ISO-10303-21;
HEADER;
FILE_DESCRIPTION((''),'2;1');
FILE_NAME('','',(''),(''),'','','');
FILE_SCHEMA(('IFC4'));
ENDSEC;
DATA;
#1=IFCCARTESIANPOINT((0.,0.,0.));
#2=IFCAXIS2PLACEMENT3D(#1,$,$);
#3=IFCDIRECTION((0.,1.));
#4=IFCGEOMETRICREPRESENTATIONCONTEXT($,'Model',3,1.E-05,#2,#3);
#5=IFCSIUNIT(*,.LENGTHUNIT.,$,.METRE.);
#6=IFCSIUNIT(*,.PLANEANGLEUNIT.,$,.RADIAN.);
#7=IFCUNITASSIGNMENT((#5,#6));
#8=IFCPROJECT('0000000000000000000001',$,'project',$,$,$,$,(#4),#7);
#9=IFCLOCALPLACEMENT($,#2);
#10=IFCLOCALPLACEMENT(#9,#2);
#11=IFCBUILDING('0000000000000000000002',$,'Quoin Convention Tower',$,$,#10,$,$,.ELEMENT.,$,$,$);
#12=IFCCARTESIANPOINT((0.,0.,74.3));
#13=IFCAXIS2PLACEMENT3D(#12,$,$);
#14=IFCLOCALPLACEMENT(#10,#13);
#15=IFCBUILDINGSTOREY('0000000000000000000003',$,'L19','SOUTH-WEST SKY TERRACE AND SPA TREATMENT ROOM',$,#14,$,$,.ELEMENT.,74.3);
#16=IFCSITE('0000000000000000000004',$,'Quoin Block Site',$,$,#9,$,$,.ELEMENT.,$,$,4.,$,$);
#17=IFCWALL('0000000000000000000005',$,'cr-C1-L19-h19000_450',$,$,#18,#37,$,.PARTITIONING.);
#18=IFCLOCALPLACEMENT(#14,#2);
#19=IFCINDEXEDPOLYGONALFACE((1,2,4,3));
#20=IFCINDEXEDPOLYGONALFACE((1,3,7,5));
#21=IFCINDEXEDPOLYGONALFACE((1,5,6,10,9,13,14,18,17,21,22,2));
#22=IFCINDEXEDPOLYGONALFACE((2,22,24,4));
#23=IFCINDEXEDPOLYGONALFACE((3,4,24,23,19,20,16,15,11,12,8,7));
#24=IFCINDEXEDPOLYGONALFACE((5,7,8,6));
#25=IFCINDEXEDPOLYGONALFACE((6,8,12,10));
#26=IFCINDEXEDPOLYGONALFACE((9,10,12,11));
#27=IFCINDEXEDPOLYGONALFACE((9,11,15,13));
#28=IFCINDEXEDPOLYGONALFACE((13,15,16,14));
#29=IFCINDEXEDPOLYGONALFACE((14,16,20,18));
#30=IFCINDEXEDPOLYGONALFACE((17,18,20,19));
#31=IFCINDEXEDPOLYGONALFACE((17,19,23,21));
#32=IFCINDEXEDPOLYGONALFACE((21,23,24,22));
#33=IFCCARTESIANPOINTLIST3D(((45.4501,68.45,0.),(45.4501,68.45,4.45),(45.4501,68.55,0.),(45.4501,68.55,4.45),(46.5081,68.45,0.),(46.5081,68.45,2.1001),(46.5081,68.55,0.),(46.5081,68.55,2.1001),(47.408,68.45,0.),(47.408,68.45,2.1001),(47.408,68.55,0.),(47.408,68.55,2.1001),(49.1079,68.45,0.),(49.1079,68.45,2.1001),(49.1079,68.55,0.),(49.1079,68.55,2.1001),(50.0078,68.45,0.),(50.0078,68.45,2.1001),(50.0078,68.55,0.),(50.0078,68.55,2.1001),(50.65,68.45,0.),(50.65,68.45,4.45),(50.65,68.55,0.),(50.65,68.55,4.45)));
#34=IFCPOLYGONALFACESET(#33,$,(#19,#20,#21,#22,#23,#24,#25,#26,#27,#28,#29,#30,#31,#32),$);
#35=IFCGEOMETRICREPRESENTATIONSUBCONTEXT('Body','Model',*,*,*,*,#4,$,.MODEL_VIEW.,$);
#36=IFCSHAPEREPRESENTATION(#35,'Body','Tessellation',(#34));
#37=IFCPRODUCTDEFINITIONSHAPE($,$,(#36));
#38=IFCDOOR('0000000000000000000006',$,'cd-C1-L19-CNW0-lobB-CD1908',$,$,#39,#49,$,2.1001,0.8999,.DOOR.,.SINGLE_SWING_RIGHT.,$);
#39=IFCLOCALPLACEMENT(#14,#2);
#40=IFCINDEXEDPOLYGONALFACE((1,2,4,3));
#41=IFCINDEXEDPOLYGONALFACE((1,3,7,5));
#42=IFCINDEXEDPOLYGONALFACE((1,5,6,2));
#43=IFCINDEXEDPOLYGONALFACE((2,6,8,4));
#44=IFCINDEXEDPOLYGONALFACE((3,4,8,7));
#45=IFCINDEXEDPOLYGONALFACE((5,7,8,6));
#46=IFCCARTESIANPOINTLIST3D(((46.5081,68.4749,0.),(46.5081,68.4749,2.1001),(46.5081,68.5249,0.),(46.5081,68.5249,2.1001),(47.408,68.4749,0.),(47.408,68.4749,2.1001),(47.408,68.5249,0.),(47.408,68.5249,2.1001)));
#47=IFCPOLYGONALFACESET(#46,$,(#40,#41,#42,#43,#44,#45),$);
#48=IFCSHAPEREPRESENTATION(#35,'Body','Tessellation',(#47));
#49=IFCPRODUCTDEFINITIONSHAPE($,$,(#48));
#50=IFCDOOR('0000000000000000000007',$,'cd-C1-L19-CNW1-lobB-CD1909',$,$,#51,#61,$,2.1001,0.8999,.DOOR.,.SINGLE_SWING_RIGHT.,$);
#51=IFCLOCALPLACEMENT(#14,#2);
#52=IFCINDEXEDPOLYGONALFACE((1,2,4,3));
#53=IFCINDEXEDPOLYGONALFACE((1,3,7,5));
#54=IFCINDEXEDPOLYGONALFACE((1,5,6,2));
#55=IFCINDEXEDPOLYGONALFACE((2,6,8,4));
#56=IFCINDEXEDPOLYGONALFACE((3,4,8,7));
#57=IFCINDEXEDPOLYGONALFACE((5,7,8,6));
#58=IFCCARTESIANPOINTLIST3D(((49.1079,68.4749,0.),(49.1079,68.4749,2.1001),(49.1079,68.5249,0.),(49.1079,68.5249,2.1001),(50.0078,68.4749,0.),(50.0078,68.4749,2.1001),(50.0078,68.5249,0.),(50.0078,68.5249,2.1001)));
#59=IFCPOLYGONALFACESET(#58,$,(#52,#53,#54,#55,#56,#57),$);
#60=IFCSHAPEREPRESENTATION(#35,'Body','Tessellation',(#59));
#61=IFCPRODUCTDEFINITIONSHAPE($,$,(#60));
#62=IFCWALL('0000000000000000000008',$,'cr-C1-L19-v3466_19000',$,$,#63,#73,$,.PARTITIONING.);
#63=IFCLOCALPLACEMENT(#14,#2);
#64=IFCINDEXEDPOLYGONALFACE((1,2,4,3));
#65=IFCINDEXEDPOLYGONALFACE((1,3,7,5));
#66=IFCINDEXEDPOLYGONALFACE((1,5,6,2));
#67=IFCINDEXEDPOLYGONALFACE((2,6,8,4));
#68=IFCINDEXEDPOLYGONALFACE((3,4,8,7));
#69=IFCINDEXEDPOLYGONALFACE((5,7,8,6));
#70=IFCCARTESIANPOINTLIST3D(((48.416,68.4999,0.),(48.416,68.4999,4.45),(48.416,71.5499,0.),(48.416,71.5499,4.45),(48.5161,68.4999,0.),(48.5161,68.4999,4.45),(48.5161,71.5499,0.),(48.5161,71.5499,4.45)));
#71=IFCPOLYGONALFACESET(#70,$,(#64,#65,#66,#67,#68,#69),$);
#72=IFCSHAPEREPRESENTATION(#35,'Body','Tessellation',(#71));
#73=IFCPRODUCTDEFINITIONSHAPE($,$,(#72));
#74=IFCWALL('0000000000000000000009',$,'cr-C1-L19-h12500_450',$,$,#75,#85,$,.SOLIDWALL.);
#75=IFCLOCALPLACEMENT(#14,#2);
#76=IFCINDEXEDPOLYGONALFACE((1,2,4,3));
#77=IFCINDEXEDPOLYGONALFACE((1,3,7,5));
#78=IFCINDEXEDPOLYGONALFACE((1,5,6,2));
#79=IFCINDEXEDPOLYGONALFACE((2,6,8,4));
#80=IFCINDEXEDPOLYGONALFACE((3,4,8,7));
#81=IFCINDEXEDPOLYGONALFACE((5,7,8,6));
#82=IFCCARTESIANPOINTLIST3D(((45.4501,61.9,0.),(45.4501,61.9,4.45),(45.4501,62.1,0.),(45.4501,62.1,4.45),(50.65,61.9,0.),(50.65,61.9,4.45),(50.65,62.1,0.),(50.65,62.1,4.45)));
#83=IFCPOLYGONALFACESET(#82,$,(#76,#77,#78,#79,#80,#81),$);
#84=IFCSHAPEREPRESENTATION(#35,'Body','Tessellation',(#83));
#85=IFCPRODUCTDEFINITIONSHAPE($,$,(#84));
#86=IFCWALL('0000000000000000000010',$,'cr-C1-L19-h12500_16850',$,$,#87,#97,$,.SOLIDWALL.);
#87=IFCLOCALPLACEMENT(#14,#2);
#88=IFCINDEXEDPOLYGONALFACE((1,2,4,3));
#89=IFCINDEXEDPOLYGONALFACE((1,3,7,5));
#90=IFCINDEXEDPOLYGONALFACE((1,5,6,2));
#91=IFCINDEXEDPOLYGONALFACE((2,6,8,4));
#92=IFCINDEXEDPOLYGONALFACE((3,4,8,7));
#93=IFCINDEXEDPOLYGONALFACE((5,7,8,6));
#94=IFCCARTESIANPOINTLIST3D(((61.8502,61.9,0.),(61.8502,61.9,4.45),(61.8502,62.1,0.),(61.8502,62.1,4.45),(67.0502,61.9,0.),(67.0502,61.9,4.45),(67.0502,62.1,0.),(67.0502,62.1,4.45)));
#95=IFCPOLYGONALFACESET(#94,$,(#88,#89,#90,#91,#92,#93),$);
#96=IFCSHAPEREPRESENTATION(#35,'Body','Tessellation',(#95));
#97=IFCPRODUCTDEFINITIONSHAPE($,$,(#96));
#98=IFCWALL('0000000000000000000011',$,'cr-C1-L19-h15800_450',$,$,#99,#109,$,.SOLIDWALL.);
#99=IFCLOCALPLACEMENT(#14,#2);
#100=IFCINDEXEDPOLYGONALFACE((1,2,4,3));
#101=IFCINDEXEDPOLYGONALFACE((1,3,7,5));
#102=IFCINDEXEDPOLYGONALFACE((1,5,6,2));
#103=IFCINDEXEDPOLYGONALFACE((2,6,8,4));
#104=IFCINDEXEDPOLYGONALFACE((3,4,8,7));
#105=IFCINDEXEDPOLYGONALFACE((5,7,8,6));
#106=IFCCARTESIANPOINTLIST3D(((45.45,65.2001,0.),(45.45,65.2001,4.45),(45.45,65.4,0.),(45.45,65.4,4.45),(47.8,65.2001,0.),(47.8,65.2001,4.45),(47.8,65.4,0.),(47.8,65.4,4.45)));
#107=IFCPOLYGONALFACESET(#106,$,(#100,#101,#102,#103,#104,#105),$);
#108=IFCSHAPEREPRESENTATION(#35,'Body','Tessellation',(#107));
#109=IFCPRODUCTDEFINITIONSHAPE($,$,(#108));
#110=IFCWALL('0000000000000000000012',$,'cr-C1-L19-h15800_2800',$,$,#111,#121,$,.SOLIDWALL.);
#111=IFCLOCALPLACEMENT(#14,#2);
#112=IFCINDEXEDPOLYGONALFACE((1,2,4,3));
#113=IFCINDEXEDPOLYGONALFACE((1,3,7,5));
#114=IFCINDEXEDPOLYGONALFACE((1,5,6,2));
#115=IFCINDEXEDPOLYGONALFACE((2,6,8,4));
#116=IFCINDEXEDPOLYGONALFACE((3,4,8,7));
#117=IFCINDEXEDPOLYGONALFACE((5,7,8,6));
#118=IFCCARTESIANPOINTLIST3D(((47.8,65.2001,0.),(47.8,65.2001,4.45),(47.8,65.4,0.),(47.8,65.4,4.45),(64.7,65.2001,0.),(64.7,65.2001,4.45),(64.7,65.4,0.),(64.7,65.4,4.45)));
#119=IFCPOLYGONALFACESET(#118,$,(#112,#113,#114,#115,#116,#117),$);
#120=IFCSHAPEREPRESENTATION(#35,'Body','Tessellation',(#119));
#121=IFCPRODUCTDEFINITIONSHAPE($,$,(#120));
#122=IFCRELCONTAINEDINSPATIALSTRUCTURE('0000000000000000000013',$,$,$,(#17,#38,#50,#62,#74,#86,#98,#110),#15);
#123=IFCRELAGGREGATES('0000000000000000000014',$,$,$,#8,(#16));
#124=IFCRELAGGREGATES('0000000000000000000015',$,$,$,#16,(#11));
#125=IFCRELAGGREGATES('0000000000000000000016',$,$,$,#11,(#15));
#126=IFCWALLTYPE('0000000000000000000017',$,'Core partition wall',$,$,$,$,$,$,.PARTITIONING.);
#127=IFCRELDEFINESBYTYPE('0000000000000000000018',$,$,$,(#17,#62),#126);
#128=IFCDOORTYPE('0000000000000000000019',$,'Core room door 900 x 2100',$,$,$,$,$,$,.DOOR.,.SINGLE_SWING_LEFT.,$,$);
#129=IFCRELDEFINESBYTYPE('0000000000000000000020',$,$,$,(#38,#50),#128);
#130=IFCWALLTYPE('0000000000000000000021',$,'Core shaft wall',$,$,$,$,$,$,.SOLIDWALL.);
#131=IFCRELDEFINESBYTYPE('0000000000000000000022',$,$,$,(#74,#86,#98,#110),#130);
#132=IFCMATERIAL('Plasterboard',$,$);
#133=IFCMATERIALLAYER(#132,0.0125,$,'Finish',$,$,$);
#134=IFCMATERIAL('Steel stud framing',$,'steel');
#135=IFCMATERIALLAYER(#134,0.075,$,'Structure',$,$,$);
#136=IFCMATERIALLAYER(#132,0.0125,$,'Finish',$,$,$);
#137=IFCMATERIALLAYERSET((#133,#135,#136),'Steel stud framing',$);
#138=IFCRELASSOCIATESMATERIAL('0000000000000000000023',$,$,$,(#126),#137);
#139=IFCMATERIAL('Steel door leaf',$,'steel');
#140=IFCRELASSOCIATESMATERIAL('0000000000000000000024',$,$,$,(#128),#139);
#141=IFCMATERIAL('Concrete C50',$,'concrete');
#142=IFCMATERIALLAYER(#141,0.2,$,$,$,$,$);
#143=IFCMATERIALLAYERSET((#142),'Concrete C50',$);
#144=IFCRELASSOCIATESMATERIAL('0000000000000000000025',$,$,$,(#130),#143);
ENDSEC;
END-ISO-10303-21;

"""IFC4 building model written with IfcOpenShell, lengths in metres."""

from ifc_helpers import new_model, si_unit, direction, frame, frame_2d, origin, place, context, subcontext, project, spatial, rectangle, extrude, material, layer, layer_set, type_object, element, fill, save


model = new_model("IFC4")

# Units and contexts
model_context = context("Model", 3, precision=1e-05, world=origin(), true_north=direction((0.0, 1.0)))
body_context = subcontext(model_context, "Body", "Model", "MODEL_VIEW")
ifc_project = project(units=[si_unit("LENGTHUNIT", "METRE"), si_unit("PLANEANGLEUNIT", "RADIAN")], contexts=[model_context])

# Site, building, storey
site_placement = place(None, origin())
site = spatial("IfcSite", under=ifc_project, at=site_placement, Name="Quoin Block Site", CompositionType="ELEMENT", RefElevation=4.0)
building_placement = place(site_placement, origin())
building = spatial("IfcBuilding", under=site, at=building_placement, Name="Quoin Convention Tower", CompositionType="ELEMENT")
storey_placement = place(building_placement, frame((0.0, 0.0, 74.3)))
storey = spatial("IfcBuildingStorey", under=building, at=storey_placement, Name="L19", Description="SOUTH-WEST SKY TERRACE AND SPA TREATMENT ROOM", CompositionType="ELEMENT", Elevation=74.3)

# Wall, openings, doors
ifc_material_1 = material(Name="Plasterboard")
ifc_layer_1 = layer(ifc_material_1, 0.0125, Name="Finish")
ifc_material_2 = material(Name="Steel stud framing", Category="steel")
ifc_layer_2 = layer(ifc_material_2, 0.075, Name="Structure")
ifc_layer_3 = layer(ifc_material_1, 0.0125, Name="Finish")
ifc_layer_set_1 = layer_set([ifc_layer_1, ifc_layer_2, ifc_layer_3], Name="Steel stud framing")
wall_type_1 = type_object("IfcWallType", Name="Core partition wall", PredefinedType="PARTITIONING", material=ifc_layer_set_1)
wall_1_placement = place(storey_placement, frame((45.45, 68.5, 0.0), z_axis=(0.0, 0.0, 1.0), x_axis=(1.0, 0.0, 0.0)))
wall_1 = element("IfcWall", 1, at=wall_1_placement, inside=storey, type_object=wall_type_1, Name="cr-C1-L19-h19000_450", PredefinedType="PARTITIONING", context=body_context, shape_type="SweptSolid", body=[
    extrude(rectangle(XDim=5.2, YDim=0.1001, at=frame_2d((2.6001, 0.0))), origin(), (0.0, 0.0, 1.0), 4.45),
])
opening_1_placement = place(wall_1_placement, frame((1.0581, 0.0, 0.0)))
opening_1 = element("IfcOpeningElement", 2, at=opening_1_placement, cuts=wall_1, PredefinedType="OPENING", context=body_context, shape_type="SweptSolid", body=[
    extrude(rectangle(XDim=0.8999, YDim=2.1001, at=frame_2d((0.45, 1.05))), frame((0.0, 0.0601, 0.0), z_axis=(0.0, -1.0, 0.0), x_axis=(1.0, 0.0, 0.0)), (0.0, 0.0, 1.0), 0.1201),
])
opening_2_placement = place(wall_1_placement, frame((3.658, 0.0, 0.0)))
opening_2 = element("IfcOpeningElement", 3, at=opening_2_placement, cuts=wall_1, PredefinedType="OPENING", context=body_context, shape_type="SweptSolid", body=[
    extrude(rectangle(XDim=0.8999, YDim=2.1001, at=frame_2d((0.45, 1.05))), frame((0.0, 0.0601, 0.0), z_axis=(0.0, -1.0, 0.0), x_axis=(1.0, 0.0, 0.0)), (0.0, 0.0, 1.0), 0.1201),
])
ifc_material_3 = material(Name="Steel door leaf", Category="steel")
door_type_1 = type_object("IfcDoorType", Name="Core room door 900 x 2100", OperationType="SINGLE_SWING_LEFT", PredefinedType="DOOR", material=ifc_material_3)
door_1_placement = place(opening_1_placement, origin())
door_1 = element("IfcDoor", 4, at=door_1_placement, inside=storey, type_object=door_type_1, Name="cd-C1-L19-CNW0-lobB-CD1908", OperationType="SINGLE_SWING_RIGHT", OverallHeight=2.1001, OverallWidth=0.8999, PredefinedType="DOOR", context=body_context, shape_type="SweptSolid", body=[
    extrude(rectangle(XDim=0.8999, YDim=2.1001, at=frame_2d((0.45, 1.05))), frame((0.0, 0.0249, 0.0), z_axis=(0.0, -1.0, 0.0), x_axis=(1.0, 0.0, 0.0)), (0.0, 0.0, 1.0), 0.05),
])
fill(opening_1, door_1)
door_2_placement = place(opening_2_placement, origin())
door_2 = element("IfcDoor", 5, at=door_2_placement, inside=storey, type_object=door_type_1, Name="cd-C1-L19-CNW1-lobB-CD1909", OperationType="SINGLE_SWING_RIGHT", OverallHeight=2.1001, OverallWidth=0.8999, PredefinedType="DOOR", context=body_context, shape_type="SweptSolid", body=[
    extrude(rectangle(XDim=0.8999, YDim=2.1001, at=frame_2d((0.45, 1.05))), frame((0.0, 0.0249, 0.0), z_axis=(0.0, -1.0, 0.0), x_axis=(1.0, 0.0, 0.0)), (0.0, 0.0, 1.0), 0.05),
])
fill(opening_2, door_2)

# Walls
wall_2_placement = place(storey_placement, frame((48.4661, 68.5, 0.0), z_axis=(0.0, 0.0, 1.0), x_axis=(0.0, 1.0, 0.0)))
element("IfcWall", 6, at=wall_2_placement, inside=storey, type_object=wall_type_1, Name="cr-C1-L19-v3466_19000", PredefinedType="PARTITIONING", context=body_context, shape_type="SweptSolid", body=[
    extrude(rectangle(XDim=3.05, YDim=0.1001, at=frame_2d((1.5249, 0.0))), origin(), (0.0, 0.0, 1.0), 4.45),
])
ifc_material_4 = material(Name="Concrete C50", Category="concrete")
ifc_layer_4 = layer(ifc_material_4, 0.2)
ifc_layer_set_2 = layer_set([ifc_layer_4], Name="Concrete C50")
wall_type_2 = type_object("IfcWallType", Name="Core shaft wall", PredefinedType="SOLIDWALL", material=ifc_layer_set_2)
for number, where, z_axis, x_axis, name in (
    (7, (45.45, 62.0, 0.0), (0.0, 0.0, 1.0), (1.0, 0.0, 0.0), "cr-C1-L19-h12500_450"),
    (8, (61.8501, 62.0, 0.0), (0.0, 0.0, 1.0), (1.0, 0.0, 0.0), "cr-C1-L19-h12500_16850"),
):
    element("IfcWall", number, at=place(storey_placement, frame(where, z_axis=z_axis, x_axis=x_axis)), inside=storey, type_object=wall_type_2, Name=name, PredefinedType="SOLIDWALL", context=body_context, shape_type="SweptSolid", body=[
        extrude(rectangle(XDim=5.2, YDim=0.2, at=frame_2d((2.6001, 0.0))), origin(), (0.0, 0.0, 1.0), 4.45),
    ])
wall_3_placement = place(storey_placement, frame((45.45, 65.3, 0.0), z_axis=(0.0, 0.0, 1.0), x_axis=(1.0, 0.0, 0.0)))
element("IfcWall", 9, at=wall_3_placement, inside=storey, type_object=wall_type_2, Name="cr-C1-L19-h15800_450", PredefinedType="SOLIDWALL", context=body_context, shape_type="SweptSolid", body=[
    extrude(rectangle(XDim=2.3501, YDim=0.2, at=frame_2d((1.175, 0.0))), origin(), (0.0, 0.0, 1.0), 4.45),
])
wall_4_placement = place(storey_placement, frame((47.8, 65.3, 0.0), z_axis=(0.0, 0.0, 1.0), x_axis=(1.0, 0.0, 0.0)))
element("IfcWall", 10, at=wall_4_placement, inside=storey, type_object=wall_type_2, Name="cr-C1-L19-h15800_2800", PredefinedType="SOLIDWALL", context=body_context, shape_type="SweptSolid", body=[
    extrude(rectangle(XDim=16.8999, YDim=0.2, at=frame_2d((8.45, 0.0))), origin(), (0.0, 0.0, 1.0), 4.45),
])

save(model, "model.ifc")
